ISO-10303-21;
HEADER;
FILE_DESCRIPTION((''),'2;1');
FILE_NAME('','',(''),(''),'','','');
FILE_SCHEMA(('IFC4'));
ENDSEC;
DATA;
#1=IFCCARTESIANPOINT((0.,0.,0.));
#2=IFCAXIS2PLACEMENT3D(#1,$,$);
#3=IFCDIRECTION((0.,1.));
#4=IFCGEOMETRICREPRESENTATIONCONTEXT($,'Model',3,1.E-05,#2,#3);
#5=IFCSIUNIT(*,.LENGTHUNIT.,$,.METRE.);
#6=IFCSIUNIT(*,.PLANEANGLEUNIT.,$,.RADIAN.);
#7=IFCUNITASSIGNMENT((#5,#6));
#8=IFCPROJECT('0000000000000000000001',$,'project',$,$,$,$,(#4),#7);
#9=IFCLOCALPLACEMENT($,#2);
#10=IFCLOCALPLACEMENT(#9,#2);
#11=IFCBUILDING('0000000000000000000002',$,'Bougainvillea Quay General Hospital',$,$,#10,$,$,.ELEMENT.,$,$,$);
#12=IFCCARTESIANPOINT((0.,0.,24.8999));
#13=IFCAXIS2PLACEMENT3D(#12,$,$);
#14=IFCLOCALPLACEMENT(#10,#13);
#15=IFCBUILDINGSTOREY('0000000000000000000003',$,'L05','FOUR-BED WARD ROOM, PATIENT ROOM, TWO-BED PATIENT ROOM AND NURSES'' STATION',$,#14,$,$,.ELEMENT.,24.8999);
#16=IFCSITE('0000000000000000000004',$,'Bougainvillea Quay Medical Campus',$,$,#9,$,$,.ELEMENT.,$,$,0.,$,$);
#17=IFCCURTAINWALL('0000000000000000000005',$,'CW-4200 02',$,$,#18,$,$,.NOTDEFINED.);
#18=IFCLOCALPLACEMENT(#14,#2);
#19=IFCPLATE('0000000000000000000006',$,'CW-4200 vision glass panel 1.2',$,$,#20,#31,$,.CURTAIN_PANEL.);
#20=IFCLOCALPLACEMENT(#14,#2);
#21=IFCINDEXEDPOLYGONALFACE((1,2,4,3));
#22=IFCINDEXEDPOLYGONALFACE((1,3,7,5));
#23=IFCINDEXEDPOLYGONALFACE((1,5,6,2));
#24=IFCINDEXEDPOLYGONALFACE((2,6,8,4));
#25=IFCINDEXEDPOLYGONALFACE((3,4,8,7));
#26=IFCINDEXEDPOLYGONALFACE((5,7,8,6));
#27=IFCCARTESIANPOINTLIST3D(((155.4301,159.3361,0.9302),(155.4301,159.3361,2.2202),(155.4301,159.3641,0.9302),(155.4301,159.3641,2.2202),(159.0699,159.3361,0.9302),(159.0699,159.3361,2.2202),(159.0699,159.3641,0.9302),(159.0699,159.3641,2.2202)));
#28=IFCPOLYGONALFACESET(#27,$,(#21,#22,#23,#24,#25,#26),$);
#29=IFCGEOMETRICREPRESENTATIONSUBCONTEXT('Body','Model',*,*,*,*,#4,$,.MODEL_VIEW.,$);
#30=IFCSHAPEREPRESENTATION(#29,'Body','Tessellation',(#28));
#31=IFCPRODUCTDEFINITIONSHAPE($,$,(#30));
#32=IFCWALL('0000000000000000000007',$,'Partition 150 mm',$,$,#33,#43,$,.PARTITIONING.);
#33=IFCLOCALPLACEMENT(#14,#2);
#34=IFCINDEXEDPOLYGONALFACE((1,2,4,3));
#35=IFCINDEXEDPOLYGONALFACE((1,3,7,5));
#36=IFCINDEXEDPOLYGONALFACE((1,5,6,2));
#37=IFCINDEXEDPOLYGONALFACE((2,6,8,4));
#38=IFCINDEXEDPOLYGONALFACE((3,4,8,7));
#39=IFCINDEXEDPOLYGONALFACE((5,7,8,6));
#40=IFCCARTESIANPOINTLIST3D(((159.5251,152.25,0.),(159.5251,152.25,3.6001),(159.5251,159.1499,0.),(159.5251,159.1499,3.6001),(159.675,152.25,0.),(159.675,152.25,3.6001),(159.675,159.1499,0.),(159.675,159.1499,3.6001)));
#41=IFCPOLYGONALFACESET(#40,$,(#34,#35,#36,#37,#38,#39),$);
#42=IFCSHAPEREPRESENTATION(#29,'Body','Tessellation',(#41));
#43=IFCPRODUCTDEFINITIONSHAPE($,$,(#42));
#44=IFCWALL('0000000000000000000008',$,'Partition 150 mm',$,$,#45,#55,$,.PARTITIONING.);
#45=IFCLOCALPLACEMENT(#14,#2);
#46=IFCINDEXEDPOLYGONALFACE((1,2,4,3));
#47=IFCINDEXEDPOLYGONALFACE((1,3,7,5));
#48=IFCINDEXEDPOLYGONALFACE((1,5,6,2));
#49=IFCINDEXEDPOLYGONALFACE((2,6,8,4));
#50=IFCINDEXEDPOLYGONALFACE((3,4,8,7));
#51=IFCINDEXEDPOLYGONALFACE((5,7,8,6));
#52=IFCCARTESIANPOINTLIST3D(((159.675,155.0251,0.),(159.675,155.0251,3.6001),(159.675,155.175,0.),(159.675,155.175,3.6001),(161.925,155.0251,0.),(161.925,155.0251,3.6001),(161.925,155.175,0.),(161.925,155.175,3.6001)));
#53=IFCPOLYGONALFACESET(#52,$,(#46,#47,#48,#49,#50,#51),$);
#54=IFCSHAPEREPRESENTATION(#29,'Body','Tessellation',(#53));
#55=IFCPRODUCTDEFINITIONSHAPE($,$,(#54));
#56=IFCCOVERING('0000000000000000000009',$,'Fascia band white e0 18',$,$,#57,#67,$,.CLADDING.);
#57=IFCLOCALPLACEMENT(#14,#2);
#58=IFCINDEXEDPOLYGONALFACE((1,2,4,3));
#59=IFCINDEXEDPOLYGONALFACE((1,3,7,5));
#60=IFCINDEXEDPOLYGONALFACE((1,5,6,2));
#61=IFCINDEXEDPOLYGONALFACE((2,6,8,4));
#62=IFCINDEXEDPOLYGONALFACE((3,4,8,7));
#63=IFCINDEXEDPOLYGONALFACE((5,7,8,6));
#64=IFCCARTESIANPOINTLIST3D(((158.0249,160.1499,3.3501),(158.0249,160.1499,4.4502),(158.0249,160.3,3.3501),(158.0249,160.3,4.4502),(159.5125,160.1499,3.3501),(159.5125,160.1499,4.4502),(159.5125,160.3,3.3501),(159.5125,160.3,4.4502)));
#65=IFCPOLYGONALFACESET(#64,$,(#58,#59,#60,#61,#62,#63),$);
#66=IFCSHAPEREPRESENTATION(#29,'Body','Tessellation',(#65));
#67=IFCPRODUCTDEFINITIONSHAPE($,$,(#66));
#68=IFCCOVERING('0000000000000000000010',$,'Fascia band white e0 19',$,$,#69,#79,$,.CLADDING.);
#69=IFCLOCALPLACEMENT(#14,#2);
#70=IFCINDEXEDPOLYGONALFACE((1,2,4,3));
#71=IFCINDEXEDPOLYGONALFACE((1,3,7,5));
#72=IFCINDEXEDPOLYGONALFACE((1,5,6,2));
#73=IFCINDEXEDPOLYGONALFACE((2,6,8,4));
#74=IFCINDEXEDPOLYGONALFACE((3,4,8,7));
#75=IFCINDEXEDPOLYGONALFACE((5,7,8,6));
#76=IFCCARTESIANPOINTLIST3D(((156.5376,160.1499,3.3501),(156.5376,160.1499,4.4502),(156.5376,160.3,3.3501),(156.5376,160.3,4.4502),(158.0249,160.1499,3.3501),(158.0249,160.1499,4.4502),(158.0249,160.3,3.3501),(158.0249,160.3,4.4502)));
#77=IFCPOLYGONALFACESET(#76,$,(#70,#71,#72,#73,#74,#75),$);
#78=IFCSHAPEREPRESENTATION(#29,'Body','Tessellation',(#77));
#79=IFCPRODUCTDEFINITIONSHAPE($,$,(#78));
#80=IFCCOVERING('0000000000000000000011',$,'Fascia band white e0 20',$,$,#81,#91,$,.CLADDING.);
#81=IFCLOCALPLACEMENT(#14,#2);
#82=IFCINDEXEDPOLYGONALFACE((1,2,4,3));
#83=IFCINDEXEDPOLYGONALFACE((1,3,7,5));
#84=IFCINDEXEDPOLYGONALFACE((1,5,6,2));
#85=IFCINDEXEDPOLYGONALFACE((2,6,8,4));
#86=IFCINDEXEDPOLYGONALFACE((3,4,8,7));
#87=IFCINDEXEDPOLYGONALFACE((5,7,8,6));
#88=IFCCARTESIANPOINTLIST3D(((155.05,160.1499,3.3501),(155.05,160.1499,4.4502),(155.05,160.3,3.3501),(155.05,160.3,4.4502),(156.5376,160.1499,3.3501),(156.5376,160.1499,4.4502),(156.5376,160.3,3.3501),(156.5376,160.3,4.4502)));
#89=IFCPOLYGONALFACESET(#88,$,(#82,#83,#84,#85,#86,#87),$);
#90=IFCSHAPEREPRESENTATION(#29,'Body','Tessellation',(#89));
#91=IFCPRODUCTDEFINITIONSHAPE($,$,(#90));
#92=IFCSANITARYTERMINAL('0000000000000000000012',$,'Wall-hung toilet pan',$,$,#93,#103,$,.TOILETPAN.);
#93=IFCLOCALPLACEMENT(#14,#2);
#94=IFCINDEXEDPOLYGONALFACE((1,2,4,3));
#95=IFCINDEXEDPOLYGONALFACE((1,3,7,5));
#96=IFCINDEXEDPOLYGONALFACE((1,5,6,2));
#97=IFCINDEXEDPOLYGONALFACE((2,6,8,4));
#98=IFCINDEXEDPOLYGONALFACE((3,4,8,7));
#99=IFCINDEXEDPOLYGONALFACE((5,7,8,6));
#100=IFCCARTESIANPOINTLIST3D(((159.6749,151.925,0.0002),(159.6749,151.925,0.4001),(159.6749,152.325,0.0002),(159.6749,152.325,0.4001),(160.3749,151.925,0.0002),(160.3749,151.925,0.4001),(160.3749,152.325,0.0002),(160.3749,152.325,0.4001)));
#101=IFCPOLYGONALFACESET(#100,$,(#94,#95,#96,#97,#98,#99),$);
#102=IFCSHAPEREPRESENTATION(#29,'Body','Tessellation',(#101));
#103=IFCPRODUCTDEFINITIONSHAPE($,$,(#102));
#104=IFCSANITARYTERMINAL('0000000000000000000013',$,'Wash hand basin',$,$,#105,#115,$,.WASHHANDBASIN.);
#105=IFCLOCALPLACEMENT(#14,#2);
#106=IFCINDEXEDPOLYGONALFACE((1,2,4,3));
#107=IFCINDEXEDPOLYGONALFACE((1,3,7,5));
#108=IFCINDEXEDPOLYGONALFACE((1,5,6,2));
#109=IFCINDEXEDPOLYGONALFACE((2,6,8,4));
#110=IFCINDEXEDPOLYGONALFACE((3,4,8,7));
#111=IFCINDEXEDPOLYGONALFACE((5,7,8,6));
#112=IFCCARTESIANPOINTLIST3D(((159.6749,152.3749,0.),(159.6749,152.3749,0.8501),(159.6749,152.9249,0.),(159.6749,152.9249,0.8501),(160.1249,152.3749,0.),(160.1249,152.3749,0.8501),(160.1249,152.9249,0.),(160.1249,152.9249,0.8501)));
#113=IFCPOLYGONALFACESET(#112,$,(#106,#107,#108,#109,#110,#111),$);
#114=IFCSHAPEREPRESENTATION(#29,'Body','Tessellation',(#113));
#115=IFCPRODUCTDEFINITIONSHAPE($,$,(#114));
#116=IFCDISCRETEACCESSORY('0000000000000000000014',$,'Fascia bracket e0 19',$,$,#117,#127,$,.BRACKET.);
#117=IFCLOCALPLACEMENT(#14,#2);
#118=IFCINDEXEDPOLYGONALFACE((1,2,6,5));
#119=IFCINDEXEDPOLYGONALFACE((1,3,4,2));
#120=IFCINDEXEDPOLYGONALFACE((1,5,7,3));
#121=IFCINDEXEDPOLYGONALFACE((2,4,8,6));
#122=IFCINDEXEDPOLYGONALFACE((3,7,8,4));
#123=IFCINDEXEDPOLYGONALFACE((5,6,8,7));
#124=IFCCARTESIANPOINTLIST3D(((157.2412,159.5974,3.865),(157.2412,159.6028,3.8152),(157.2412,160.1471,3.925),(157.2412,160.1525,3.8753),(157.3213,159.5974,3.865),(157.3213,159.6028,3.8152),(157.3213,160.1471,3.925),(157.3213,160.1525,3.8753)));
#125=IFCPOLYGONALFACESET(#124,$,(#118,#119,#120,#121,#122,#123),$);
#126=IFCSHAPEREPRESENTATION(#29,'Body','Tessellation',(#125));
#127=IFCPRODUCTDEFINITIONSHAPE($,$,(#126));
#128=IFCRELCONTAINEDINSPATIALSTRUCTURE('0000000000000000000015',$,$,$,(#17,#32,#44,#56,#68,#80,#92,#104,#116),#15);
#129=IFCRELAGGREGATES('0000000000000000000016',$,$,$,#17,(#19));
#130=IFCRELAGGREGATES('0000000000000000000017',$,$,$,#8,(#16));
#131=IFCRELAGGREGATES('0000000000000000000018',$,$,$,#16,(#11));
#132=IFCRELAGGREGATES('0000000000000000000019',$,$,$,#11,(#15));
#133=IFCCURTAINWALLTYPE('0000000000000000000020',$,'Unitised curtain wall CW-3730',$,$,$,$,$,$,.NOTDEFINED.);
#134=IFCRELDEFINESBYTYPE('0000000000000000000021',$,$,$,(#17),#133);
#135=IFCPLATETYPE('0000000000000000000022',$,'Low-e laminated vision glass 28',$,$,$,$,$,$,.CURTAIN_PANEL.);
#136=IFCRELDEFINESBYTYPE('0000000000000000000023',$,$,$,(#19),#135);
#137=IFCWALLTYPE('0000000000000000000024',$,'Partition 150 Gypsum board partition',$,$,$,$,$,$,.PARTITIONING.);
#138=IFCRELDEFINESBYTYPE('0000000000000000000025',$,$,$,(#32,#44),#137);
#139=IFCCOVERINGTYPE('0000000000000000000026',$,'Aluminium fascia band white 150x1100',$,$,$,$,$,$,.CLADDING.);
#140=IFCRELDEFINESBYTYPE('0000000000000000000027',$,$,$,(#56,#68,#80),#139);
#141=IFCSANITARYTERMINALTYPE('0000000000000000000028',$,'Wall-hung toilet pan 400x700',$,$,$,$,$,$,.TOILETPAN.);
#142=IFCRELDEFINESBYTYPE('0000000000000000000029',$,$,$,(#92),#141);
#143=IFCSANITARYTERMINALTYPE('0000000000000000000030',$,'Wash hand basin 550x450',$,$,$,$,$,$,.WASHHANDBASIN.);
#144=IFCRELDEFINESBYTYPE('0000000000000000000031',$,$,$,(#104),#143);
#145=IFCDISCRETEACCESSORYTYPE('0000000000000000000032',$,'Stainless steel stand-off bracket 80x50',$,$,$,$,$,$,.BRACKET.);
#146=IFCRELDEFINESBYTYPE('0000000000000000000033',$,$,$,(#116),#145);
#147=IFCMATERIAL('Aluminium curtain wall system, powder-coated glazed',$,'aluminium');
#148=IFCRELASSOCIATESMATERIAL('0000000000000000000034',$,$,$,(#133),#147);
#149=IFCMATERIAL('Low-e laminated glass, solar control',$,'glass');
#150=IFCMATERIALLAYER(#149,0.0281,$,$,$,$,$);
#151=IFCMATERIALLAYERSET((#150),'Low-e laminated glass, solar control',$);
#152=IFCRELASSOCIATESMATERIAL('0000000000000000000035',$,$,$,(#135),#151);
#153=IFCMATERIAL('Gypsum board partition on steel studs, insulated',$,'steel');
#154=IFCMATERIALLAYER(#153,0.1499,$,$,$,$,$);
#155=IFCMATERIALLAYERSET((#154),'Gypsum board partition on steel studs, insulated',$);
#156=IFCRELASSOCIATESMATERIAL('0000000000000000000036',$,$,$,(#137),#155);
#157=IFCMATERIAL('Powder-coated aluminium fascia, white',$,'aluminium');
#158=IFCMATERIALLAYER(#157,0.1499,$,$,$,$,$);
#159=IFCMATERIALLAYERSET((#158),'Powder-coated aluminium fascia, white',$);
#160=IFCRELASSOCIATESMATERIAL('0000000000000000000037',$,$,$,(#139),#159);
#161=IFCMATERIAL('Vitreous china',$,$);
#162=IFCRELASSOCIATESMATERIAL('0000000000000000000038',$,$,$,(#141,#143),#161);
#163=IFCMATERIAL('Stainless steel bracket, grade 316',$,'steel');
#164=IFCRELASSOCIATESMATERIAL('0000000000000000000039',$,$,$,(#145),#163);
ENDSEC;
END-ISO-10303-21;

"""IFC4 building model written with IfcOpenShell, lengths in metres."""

from ifc_helpers import new_model, si_unit, direction, frame, frame_2d, origin, origin_2d, place, context, subcontext, project, spatial, polyline, rectangle, outline, extrude, material, layer, layer_set, material_profile, profile_set, type_object, element, aggregate, save


model = new_model("IFC4")

# Units and contexts
model_context = context("Model", 3, precision=1e-05, world=origin(), true_north=direction((0.0, 1.0)))
body_context = subcontext(model_context, "Body", "Model", "MODEL_VIEW")
ifc_project = project(units=[si_unit("LENGTHUNIT", "METRE"), si_unit("PLANEANGLEUNIT", "RADIAN")], contexts=[model_context])

# Site, building, storey
site_placement = place(None, origin())
site = spatial("IfcSite", under=ifc_project, at=site_placement, Name="Bougainvillea Quay Medical Campus", CompositionType="ELEMENT", RefElevation=0.0)
building_placement = place(site_placement, origin())
building = spatial("IfcBuilding", under=site, at=building_placement, Name="Bougainvillea Quay General Hospital", CompositionType="ELEMENT")
storey_placement = place(building_placement, frame((0.0, 0.0, 24.8999)))
storey = spatial("IfcBuildingStorey", under=building, at=storey_placement, Name="L05", Description="FOUR-BED WARD ROOM, PATIENT ROOM, TWO-BED PATIENT ROOM AND NURSES' STATION", CompositionType="ELEMENT", Elevation=24.8999)

# Curtain wall
ifc_material_1 = material(Name="Aluminium curtain wall system, powder-coated glazed", Category="aluminium")
curtain_wall_type = type_object("IfcCurtainWallType", Name="Unitised curtain wall CW-3730", PredefinedType="NOTDEFINED", material=ifc_material_1)
curtain_wall_placement = place(storey_placement, origin())
curtain_wall = element("IfcCurtainWall", 1, at=curtain_wall_placement, inside=storey, type_object=curtain_wall_type, Name="CW-4200 02", PredefinedType="NOTDEFINED")

# Plate
ifc_material_2 = material(Name="Low-e laminated glass, solar control", Category="glass")
ifc_layer_1 = layer(ifc_material_2, 0.0281)
ifc_layer_set_1 = layer_set([ifc_layer_1], Name="Low-e laminated glass, solar control")
plate_type_1 = type_object("IfcPlateType", Name="Low-e laminated vision glass 28", PredefinedType="CURTAIN_PANEL", material=ifc_layer_set_1)
plate_1_placement = place(storey_placement, frame((157.25, 159.3501, 0.9302), z_axis=(0.0, 0.0, 1.0), x_axis=(-1.0, 0.0, 0.0)))
plate_1 = element("IfcPlate", 2, at=plate_1_placement, type_object=plate_type_1, Name="CW-4200 vision glass panel 1.2", PredefinedType="CURTAIN_PANEL", context=body_context, shape_type="SweptSolid", body=[
    extrude(rectangle(XDim=3.6399, YDim=0.0281, at=origin_2d()), origin(), (0.0, 0.0, 1.0), 1.29),
])
aggregate(curtain_wall, [plate_1])

# Walls
ifc_material_3 = material(Name="Gypsum board partition on steel studs, insulated", Category="steel")
ifc_layer_2 = layer(ifc_material_3, 0.1499)
ifc_layer_set_2 = layer_set([ifc_layer_2], Name="Gypsum board partition on steel studs, insulated")
wall_type = type_object("IfcWallType", Name="Partition 150 Gypsum board partition", PredefinedType="PARTITIONING", material=ifc_layer_set_2)
wall_1_placement = place(storey_placement, frame((159.6001, 152.25, 0.0), z_axis=(0.0, 0.0, 1.0), x_axis=(0.0, 1.0, 0.0)))
element("IfcWall", 3, at=wall_1_placement, inside=storey, type_object=wall_type, Name="Partition 150 mm", PredefinedType="PARTITIONING", context=body_context, shape_type="SweptSolid", body=[
    extrude(rectangle(XDim=6.8999, YDim=0.1499, at=frame_2d((3.45, 0.0))), origin(), (0.0, 0.0, 1.0), 3.6001),
])
wall_2_placement = place(storey_placement, frame((159.675, 155.1001, 0.0), z_axis=(0.0, 0.0, 1.0), x_axis=(1.0, 0.0, 0.0)))
element("IfcWall", 4, at=wall_2_placement, inside=storey, type_object=wall_type, Name="Partition 150 mm", PredefinedType="PARTITIONING", context=body_context, shape_type="SweptSolid", body=[
    extrude(rectangle(XDim=2.25, YDim=0.1499, at=frame_2d((1.125, 0.0))), origin(), (0.0, 0.0, 1.0), 3.6001),
])

# Coverings
ifc_material_4 = material(Name="Powder-coated aluminium fascia, white", Category="aluminium")
ifc_layer_3 = layer(ifc_material_4, 0.1499)
ifc_layer_set_3 = layer_set([ifc_layer_3], Name="Powder-coated aluminium fascia, white")
covering_type = type_object("IfcCoveringType", Name="Aluminium fascia band white 150x1100", PredefinedType="CLADDING", material=ifc_layer_set_3)
covering_1_placement = place(storey_placement, frame((159.5125, 160.1499, 3.3501), z_axis=(0.0, 0.0, 1.0), x_axis=(-1.0, 0.0, 0.0)))
element("IfcCovering", 5, at=covering_1_placement, inside=storey, type_object=covering_type, Name="Fascia band white e0 18", PredefinedType="CLADDING", context=body_context, shape_type="SweptSolid", body=[
    extrude(outline(polyline([(0.0, 0.0), (1.4875, 0.0), (1.4875, -0.1501), (0.0, -0.1501), (0.0, 0.0)])), origin(), (0.0, 0.0, 1.0), 1.1001),
])
covering_2_placement = place(storey_placement, frame((158.0249, 160.1499, 3.3501), z_axis=(0.0, 0.0, 1.0), x_axis=(-1.0, 0.0, 0.0)))
element("IfcCovering", 6, at=covering_2_placement, inside=storey, type_object=covering_type, Name="Fascia band white e0 19", PredefinedType="CLADDING", context=body_context, shape_type="SweptSolid", body=[
    extrude(outline(polyline([(0.0, 0.0), (1.4873, 0.0), (1.4873, -0.1501), (0.0, -0.1501), (0.0, 0.0)])), origin(), (0.0, 0.0, 1.0), 1.1001),
])
covering_3_placement = place(storey_placement, frame((156.5376, 160.1499, 3.3501), z_axis=(0.0, 0.0, 1.0), x_axis=(-1.0, 0.0, 0.0)))
element("IfcCovering", 7, at=covering_3_placement, inside=storey, type_object=covering_type, Name="Fascia band white e0 20", PredefinedType="CLADDING", context=body_context, shape_type="SweptSolid", body=[
    extrude(outline(polyline([(0.0, 0.0), (1.4875, 0.0), (1.4875, -0.1501), (0.0, -0.1501), (0.0, 0.0)])), origin(), (0.0, 0.0, 1.0), 1.1001),
])

# Sanitary terminals
ifc_material_5 = material(Name="Vitreous china")
sanitary_terminal_type_1 = type_object("IfcSanitaryTerminalType", Name="Wall-hung toilet pan 400x700", PredefinedType="TOILETPAN", material=ifc_material_5)
sanitary_terminal_1_placement = place(storey_placement, frame((160.0249, 152.125, 0.0002), z_axis=(0.0, 0.0, 1.0), x_axis=(0.0, 1.0, 0.0)))
element("IfcSanitaryTerminal", 8, at=sanitary_terminal_1_placement, inside=storey, type_object=sanitary_terminal_type_1, Name="Wall-hung toilet pan", PredefinedType="TOILETPAN", context=body_context, shape_type="SweptSolid", body=[
    extrude(rectangle(XDim=0.3999, YDim=0.7, at=origin_2d()), origin(), (0.0, 0.0, 1.0), 0.3999),
])
sanitary_terminal_type_2 = type_object("IfcSanitaryTerminalType", Name="Wash hand basin 550x450", PredefinedType="WASHHANDBASIN", material=ifc_material_5)
sanitary_terminal_2_placement = place(storey_placement, frame((159.8999, 152.6499, 0.0), z_axis=(0.0, 0.0, 1.0), x_axis=(0.0, 1.0, 0.0)))
element("IfcSanitaryTerminal", 9, at=sanitary_terminal_2_placement, inside=storey, type_object=sanitary_terminal_type_2, Name="Wash hand basin", PredefinedType="WASHHANDBASIN", context=body_context, shape_type="SweptSolid", body=[
    extrude(rectangle(XDim=0.55, YDim=0.45, at=origin_2d()), origin(), (0.0, 0.0, 1.0), 0.8501),
])

# Discrete accessory
ifc_material_6 = material(Name="Stainless steel bracket, grade 316", Category="steel")
ifc_material_profile_1 = material_profile(ifc_material_6, rectangle(XDim=0.0801, YDim=0.05, at=origin_2d()))
ifc_profile_set_1 = profile_set([ifc_material_profile_1], Name="Stainless steel bracket, grade 316")
discrete_accessory_type = type_object("IfcDiscreteAccessoryType", Name="Stainless steel stand-off bracket 80x50", PredefinedType="BRACKET", material=ifc_profile_set_1)
discrete_accessory_placement = place(storey_placement, frame((157.2812, 159.6001, 3.8401), z_axis=(0.0, 0.994087, 0.10859), x_axis=(-1.0, 0.0, 0.0)))
element("IfcDiscreteAccessory", 10, at=discrete_accessory_placement, inside=storey, type_object=discrete_accessory_type, Name="Fascia bracket e0 19", PredefinedType="BRACKET", context=body_context, shape_type="SweptSolid", body=[
    extrude(rectangle(XDim=0.0801, YDim=0.05, at=origin_2d()), origin(), (0.0, 0.0, 1.0), 0.553),
])

save(model, "model.ifc")
